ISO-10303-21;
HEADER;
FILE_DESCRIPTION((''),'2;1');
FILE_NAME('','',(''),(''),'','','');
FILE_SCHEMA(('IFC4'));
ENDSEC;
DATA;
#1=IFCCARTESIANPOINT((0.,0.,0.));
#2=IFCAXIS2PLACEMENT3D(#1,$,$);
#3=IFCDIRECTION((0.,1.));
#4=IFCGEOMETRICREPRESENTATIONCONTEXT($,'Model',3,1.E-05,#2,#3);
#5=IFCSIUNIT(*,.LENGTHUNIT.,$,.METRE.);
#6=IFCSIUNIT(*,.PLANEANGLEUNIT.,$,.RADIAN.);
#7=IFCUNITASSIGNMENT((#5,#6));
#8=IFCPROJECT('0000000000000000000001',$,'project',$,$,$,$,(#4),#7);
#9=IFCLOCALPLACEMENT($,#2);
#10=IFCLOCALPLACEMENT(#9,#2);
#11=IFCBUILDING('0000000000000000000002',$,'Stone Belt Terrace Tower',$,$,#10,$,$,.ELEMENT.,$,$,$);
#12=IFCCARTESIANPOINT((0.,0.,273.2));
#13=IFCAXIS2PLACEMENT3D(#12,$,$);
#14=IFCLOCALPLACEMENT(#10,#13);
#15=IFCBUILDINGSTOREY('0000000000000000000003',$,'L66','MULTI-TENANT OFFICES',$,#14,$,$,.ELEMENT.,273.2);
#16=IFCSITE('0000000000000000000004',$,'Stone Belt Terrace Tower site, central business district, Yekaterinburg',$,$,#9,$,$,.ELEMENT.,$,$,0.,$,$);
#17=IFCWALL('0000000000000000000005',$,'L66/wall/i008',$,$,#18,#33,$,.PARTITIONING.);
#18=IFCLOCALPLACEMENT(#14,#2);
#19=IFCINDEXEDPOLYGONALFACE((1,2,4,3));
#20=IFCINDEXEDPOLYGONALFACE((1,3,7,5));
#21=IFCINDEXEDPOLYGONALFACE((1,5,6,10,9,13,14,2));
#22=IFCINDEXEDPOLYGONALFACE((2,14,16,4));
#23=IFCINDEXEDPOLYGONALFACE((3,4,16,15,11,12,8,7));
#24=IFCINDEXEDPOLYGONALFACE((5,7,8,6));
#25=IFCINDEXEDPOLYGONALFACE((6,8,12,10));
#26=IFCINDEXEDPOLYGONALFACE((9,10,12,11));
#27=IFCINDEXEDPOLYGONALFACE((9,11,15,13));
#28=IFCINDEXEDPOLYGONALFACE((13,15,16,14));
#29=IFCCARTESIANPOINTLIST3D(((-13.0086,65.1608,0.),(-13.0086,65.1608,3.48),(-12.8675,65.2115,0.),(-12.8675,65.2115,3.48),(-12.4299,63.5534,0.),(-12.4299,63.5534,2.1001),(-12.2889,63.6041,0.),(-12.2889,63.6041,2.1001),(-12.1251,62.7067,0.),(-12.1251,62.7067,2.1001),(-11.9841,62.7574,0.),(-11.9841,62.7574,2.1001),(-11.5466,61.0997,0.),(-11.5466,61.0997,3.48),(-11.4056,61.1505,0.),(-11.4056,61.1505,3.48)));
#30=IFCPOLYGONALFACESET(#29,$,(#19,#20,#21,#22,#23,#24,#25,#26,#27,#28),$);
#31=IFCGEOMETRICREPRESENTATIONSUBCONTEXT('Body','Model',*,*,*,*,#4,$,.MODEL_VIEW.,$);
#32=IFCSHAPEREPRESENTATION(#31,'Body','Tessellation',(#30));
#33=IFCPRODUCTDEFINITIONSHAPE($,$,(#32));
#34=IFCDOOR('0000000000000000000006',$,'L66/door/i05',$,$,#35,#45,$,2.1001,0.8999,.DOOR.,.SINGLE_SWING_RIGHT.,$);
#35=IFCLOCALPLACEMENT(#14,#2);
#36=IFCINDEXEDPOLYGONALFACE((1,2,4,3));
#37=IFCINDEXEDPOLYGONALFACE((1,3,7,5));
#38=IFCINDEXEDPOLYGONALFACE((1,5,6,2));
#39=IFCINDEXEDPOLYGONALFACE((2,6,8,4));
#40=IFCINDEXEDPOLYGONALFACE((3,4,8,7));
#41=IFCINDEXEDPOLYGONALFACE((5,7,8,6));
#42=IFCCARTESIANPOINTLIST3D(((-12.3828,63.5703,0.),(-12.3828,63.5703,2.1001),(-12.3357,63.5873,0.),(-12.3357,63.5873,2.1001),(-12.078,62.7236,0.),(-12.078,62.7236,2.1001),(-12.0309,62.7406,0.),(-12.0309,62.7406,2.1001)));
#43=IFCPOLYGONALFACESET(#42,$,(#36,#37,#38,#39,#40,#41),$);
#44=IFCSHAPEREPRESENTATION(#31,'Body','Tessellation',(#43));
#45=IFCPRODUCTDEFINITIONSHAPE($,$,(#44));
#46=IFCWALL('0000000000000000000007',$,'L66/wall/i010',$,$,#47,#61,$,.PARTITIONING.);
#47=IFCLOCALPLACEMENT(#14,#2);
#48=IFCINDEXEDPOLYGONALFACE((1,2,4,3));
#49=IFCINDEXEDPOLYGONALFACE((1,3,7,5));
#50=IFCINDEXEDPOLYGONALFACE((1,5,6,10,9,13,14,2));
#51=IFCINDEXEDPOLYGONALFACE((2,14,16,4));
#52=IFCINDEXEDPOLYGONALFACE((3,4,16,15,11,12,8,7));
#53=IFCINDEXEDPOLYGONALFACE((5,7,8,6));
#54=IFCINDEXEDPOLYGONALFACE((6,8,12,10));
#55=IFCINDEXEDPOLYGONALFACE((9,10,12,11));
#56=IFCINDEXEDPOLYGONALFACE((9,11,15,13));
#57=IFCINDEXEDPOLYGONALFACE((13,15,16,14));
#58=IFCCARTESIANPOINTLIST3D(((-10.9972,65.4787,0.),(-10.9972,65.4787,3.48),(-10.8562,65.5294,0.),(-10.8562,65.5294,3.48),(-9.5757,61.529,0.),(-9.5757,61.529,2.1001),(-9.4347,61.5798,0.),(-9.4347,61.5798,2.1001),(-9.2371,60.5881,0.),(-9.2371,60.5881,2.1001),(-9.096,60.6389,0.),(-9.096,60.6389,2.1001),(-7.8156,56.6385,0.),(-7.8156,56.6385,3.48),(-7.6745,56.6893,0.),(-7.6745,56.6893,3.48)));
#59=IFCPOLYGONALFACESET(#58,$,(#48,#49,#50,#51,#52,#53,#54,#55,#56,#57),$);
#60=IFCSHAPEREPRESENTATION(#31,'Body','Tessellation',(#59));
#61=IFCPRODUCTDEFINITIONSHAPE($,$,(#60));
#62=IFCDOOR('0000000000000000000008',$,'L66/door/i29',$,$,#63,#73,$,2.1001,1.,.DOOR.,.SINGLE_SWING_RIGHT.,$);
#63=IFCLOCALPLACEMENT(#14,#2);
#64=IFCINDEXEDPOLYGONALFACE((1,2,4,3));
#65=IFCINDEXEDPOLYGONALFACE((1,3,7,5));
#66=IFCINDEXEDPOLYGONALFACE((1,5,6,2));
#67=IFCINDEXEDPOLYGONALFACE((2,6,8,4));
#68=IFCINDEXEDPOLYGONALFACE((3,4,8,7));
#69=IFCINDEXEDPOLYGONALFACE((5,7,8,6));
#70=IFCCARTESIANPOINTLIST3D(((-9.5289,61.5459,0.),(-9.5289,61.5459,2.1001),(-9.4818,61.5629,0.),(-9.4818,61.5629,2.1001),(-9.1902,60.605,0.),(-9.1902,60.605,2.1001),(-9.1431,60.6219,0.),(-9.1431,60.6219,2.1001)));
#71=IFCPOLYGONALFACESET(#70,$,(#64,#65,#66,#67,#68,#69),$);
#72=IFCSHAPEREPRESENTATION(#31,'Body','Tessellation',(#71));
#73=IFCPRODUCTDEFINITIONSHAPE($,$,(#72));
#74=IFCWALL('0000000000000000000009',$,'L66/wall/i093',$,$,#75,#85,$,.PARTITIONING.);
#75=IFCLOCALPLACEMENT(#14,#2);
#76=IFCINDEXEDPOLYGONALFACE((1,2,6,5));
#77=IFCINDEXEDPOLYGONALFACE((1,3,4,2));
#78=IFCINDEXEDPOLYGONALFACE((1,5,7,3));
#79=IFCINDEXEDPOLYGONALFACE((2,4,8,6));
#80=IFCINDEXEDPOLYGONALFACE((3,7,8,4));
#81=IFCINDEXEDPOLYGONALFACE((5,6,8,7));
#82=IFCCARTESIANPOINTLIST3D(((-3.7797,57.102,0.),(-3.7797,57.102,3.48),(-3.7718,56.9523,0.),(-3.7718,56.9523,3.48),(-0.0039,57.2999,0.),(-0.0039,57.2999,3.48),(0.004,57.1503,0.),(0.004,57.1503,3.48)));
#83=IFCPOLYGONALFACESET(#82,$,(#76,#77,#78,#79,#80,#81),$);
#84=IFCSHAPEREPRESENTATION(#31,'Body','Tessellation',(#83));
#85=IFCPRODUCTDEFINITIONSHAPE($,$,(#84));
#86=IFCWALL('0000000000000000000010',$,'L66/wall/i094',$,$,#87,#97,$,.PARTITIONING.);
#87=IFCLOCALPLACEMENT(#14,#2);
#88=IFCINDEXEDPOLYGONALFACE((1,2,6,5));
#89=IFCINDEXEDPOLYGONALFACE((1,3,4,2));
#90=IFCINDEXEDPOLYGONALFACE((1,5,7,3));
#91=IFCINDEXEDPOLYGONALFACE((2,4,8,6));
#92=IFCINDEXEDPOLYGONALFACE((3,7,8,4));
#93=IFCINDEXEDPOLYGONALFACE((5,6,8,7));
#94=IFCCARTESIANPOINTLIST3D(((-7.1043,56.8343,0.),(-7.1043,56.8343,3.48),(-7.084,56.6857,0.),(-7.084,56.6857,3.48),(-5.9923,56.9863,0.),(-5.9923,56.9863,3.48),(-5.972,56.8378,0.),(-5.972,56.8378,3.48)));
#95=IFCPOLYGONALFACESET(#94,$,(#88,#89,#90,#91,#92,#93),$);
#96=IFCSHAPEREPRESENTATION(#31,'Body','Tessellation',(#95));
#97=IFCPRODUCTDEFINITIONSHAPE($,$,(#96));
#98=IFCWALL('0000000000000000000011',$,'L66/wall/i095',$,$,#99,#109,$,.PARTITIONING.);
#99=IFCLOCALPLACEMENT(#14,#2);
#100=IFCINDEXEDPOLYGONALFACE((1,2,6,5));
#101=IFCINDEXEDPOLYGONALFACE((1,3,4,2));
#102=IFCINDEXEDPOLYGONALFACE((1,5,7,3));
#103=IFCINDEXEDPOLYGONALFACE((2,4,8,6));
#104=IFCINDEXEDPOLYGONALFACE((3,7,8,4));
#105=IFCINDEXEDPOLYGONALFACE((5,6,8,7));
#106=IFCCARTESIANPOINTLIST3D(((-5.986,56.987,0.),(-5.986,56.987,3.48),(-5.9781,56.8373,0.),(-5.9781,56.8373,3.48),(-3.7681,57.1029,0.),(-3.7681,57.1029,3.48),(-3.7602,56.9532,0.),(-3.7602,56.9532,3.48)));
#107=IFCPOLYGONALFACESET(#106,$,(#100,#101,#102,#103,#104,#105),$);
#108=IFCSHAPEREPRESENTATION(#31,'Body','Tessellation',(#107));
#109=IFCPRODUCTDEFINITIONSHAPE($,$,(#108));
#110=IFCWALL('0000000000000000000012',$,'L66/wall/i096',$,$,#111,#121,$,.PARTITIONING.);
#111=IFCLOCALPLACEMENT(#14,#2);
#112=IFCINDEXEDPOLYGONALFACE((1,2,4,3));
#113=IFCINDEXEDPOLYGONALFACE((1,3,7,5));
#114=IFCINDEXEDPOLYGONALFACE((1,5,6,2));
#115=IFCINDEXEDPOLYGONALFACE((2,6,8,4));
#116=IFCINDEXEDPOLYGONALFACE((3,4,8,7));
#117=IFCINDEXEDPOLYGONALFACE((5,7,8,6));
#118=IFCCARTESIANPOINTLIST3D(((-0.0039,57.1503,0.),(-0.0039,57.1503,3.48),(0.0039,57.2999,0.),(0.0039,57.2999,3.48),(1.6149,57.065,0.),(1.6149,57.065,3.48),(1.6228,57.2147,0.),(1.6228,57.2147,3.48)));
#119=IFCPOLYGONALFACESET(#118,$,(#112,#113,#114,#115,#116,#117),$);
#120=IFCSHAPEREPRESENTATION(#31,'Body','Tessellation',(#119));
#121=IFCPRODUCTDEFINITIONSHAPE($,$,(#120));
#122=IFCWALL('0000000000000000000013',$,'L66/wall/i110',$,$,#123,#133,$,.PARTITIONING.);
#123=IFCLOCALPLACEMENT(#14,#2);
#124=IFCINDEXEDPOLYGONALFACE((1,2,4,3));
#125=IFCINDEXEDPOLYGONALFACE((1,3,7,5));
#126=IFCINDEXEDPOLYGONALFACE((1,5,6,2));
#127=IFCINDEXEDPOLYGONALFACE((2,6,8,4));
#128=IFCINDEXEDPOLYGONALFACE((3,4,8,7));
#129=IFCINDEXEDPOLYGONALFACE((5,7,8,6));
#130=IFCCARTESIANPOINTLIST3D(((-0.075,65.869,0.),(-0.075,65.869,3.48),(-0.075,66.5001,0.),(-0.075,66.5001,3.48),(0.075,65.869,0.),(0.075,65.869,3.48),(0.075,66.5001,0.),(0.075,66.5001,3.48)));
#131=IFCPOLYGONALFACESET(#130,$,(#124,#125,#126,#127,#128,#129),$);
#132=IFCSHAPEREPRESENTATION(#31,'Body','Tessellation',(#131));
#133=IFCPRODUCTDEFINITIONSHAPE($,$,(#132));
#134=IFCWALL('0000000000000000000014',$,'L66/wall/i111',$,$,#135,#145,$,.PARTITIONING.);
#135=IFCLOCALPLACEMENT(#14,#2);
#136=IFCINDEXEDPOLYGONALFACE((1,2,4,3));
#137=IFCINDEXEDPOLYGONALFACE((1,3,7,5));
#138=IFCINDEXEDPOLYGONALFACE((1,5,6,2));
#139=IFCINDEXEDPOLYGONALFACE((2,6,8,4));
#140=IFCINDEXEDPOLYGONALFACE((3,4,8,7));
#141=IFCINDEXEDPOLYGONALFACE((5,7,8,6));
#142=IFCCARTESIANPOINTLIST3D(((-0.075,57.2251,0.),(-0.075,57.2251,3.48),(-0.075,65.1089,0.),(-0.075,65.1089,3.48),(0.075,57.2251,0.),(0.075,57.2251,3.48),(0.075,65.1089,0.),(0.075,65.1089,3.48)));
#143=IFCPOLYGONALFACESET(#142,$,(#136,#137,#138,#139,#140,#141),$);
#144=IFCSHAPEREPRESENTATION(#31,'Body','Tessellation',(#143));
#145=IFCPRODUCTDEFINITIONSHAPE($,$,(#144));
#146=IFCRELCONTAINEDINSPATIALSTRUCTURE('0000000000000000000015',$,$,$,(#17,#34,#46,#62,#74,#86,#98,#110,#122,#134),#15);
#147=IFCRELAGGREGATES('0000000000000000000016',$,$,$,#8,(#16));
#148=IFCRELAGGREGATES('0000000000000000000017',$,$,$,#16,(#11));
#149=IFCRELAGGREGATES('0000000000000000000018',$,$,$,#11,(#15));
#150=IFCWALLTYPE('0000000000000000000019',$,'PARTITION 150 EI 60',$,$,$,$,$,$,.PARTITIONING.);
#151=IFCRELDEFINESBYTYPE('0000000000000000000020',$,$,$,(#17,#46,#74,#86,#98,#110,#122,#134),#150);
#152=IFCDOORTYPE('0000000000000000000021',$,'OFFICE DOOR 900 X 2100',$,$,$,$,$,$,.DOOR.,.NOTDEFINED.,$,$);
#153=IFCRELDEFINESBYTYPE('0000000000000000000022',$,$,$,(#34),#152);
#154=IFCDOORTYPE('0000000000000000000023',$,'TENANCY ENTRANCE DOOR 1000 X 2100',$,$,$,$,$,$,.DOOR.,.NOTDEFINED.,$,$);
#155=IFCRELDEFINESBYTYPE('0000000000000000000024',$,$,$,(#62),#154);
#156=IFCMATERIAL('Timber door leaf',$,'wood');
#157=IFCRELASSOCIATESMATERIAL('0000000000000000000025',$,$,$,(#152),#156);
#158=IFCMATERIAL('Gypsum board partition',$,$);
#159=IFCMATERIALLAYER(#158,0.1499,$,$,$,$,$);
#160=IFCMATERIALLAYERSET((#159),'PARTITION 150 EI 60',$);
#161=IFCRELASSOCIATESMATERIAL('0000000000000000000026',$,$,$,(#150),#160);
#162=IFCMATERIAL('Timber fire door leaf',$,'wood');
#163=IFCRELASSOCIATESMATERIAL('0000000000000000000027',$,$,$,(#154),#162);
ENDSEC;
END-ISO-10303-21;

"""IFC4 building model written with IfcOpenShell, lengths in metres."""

from ifc_helpers import new_model, si_unit, direction, frame, frame_2d, origin, place, context, subcontext, project, spatial, rectangle, extrude, material, layer, layer_set, type_object, element, fill, save


model = new_model("IFC4")

# Units and contexts
model_context = context("Model", 3, precision=1e-05, world=origin(), true_north=direction((0.0, 1.0)))
body_context = subcontext(model_context, "Body", "Model", "MODEL_VIEW")
ifc_project = project(units=[si_unit("LENGTHUNIT", "METRE"), si_unit("PLANEANGLEUNIT", "RADIAN")], contexts=[model_context])

# Site, building, storey
site_placement = place(None, origin())
site = spatial("IfcSite", under=ifc_project, at=site_placement, Name="Stone Belt Terrace Tower site, central business district, Yekaterinburg", CompositionType="ELEMENT", RefElevation=0.0)
building_placement = place(site_placement, origin())
building = spatial("IfcBuilding", under=site, at=building_placement, Name="Stone Belt Terrace Tower", CompositionType="ELEMENT")
storey_placement = place(building_placement, frame((0.0, 0.0, 273.2)))
storey = spatial("IfcBuildingStorey", under=building, at=storey_placement, Name="L66", Description="MULTI-TENANT OFFICES", CompositionType="ELEMENT", Elevation=273.2)

# Shared definitions
ifc_material_1 = material(Name="Gypsum board partition")
ifc_material_2 = material(Name="Timber door leaf", Category="wood")
door_type_1 = type_object("IfcDoorType", Name="OFFICE DOOR 900 X 2100", OperationType="NOTDEFINED", PredefinedType="DOOR", material=ifc_material_2)

# Walls, openings, doors
ifc_layer_1 = layer(ifc_material_1, 0.1499)
ifc_layer_set_1 = layer_set([ifc_layer_1], Name="PARTITION 150 EI 60")
wall_type_1 = type_object("IfcWallType", Name="PARTITION 150 EI 60", PredefinedType="PARTITIONING", material=ifc_layer_set_1)
wall_1_placement = place(storey_placement, frame((-11.4761, 61.125, 0.0), z_axis=(0.0, 0.0, 1.0), x_axis=(-0.338707, 0.940892, 0.0)))
wall_1 = element("IfcWall", 1, at=wall_1_placement, inside=storey, type_object=wall_type_1, Name="L66/wall/i008", PredefinedType="PARTITIONING", context=body_context, shape_type="SweptSolid", body=[
    extrude(rectangle(XDim=4.3162, YDim=0.1499, at=frame_2d((2.1582, 0.0))), origin(), (0.0, 0.0, 1.0), 3.48),
])
opening_1_placement = place(wall_1_placement, frame((1.708, 0.0, 0.0)))
opening_1 = element("IfcOpeningElement", 2, at=opening_1_placement, cuts=wall_1, PredefinedType="OPENING", context=body_context, shape_type="SweptSolid", body=[
    extrude(rectangle(XDim=0.8999, YDim=2.1001, at=frame_2d((0.45, 1.05))), frame((0.0, 0.085, 0.0), z_axis=(0.0, -1.0, 0.0), x_axis=(1.0, 0.0, 0.0)), (0.0, 0.0, 1.0), 0.1699),
])
door_1_placement = place(opening_1_placement, origin())
door_1 = element("IfcDoor", 3, at=door_1_placement, inside=storey, type_object=door_type_1, Name="L66/door/i05", OperationType="SINGLE_SWING_RIGHT", OverallHeight=2.1001, OverallWidth=0.8999, PredefinedType="DOOR", context=body_context, shape_type="SweptSolid", body=[
    extrude(rectangle(XDim=0.8999, YDim=2.1001, at=frame_2d((0.45, 1.05))), frame((0.0, 0.0249, 0.0), z_axis=(0.0, -1.0, 0.0), x_axis=(1.0, 0.0, 0.0)), (0.0, 0.0, 1.0), 0.05),
])
fill(opening_1, door_1)
wall_2_placement = place(storey_placement, frame((-10.9268, 65.5042, 0.0), z_axis=(0.0, 0.0, 1.0), x_axis=(0.338645, -0.940914, 0.0)))
wall_2 = element("IfcWall", 4, at=wall_2_placement, inside=storey, type_object=wall_type_1, Name="L66/wall/i010", PredefinedType="PARTITIONING", context=body_context, shape_type="SweptSolid", body=[
    extrude(rectangle(XDim=9.3953, YDim=0.1499, at=frame_2d((4.6978, 0.0))), origin(), (0.0, 0.0, 1.0), 3.48),
])
opening_2_placement = place(wall_2_placement, frame((4.1978, 0.0, 0.0)))
opening_2 = element("IfcOpeningElement", 5, at=opening_2_placement, cuts=wall_2, PredefinedType="OPENING", context=body_context, shape_type="SweptSolid", body=[
    extrude(rectangle(XDim=1.0, YDim=2.1001, at=frame_2d((0.5, 1.05))), frame((0.0, 0.085, 0.0), z_axis=(0.0, -1.0, 0.0), x_axis=(1.0, 0.0, 0.0)), (0.0, 0.0, 1.0), 0.1699),
])
ifc_material_3 = material(Name="Timber fire door leaf", Category="wood")
door_type_2 = type_object("IfcDoorType", Name="TENANCY ENTRANCE DOOR 1000 X 2100", OperationType="NOTDEFINED", PredefinedType="DOOR", material=ifc_material_3)
door_2_placement = place(opening_2_placement, origin())
door_2 = element("IfcDoor", 6, at=door_2_placement, inside=storey, type_object=door_type_2, Name="L66/door/i29", OperationType="SINGLE_SWING_RIGHT", OverallHeight=2.1001, OverallWidth=1.0, PredefinedType="DOOR", context=body_context, shape_type="SweptSolid", body=[
    extrude(rectangle(XDim=1.0, YDim=2.1001, at=frame_2d((0.5, 1.05))), frame((0.0, 0.0249, 0.0), z_axis=(0.0, -1.0, 0.0), x_axis=(1.0, 0.0, 0.0)), (0.0, 0.0, 1.0), 0.05),
])
fill(opening_2, door_2)

# Walls
wall_3_placement = place(storey_placement, frame((-3.7759, 57.0271, 0.0), z_axis=(0.0, 0.0, 1.0), x_axis=(0.998628, 0.052366, 0.0)))
element("IfcWall", 7, at=wall_3_placement, inside=storey, type_object=wall_type_1, Name="L66/wall/i093", PredefinedType="PARTITIONING", context=body_context, shape_type="SweptSolid", body=[
    extrude(rectangle(XDim=3.781, YDim=0.1499, at=frame_2d((1.8906, 0.0))), origin(), (0.0, 0.0, 1.0), 3.48),
])
wall_4_placement = place(storey_placement, frame((-7.094, 56.76, 0.0), z_axis=(0.0, 0.0, 1.0), x_axis=(0.990776, 0.135511, 0.0)))
element("IfcWall", 8, at=wall_4_placement, inside=storey, type_object=wall_type_1, Name="L66/wall/i094", PredefinedType="PARTITIONING", context=body_context, shape_type="SweptSolid", body=[
    extrude(rectangle(XDim=1.1223, YDim=0.1499, at=frame_2d((0.561, 0.0))), origin(), (0.0, 0.0, 1.0), 3.48),
])
wall_5_placement = place(storey_placement, frame((-5.9819, 56.9121, 0.0), z_axis=(0.0, 0.0, 1.0), x_axis=(0.998636, 0.052213, 0.0)))
element("IfcWall", 9, at=wall_5_placement, inside=storey, type_object=wall_type_1, Name="L66/wall/i095", PredefinedType="PARTITIONING", context=body_context, shape_type="SweptSolid", body=[
    extrude(rectangle(XDim=2.2209, YDim=0.1499, at=frame_2d((1.1104, 0.0))), origin(), (0.0, 0.0, 1.0), 3.48),
])
wall_6_placement = place(storey_placement, frame((0.0, 57.2251, 0.0), z_axis=(0.0, 0.0, 1.0), x_axis=(0.998618, -0.052559, 0.0)))
element("IfcWall", 10, at=wall_6_placement, inside=storey, type_object=wall_type_1, Name="L66/wall/i096", PredefinedType="PARTITIONING", context=body_context, shape_type="SweptSolid", body=[
    extrude(rectangle(XDim=1.6211, YDim=0.1499, at=frame_2d((0.8105, 0.0))), origin(), (0.0, 0.0, 1.0), 3.48),
])
wall_7_placement = place(storey_placement, frame((0.0, 66.5, 0.0), z_axis=(0.0, 0.0, 1.0), x_axis=(0.0, -1.0, 0.0)))
element("IfcWall", 11, at=wall_7_placement, inside=storey, type_object=wall_type_1, Name="L66/wall/i110", PredefinedType="PARTITIONING", context=body_context, shape_type="SweptSolid", body=[
    extrude(rectangle(XDim=0.6311, YDim=0.1499, at=frame_2d((0.3154, 0.0))), origin(), (0.0, 0.0, 1.0), 3.48),
])
wall_8_placement = place(storey_placement, frame((0.0, 65.1089, 0.0), z_axis=(0.0, 0.0, 1.0), x_axis=(0.0, -1.0, 0.0)))
element("IfcWall", 12, at=wall_8_placement, inside=storey, type_object=wall_type_1, Name="L66/wall/i111", PredefinedType="PARTITIONING", context=body_context, shape_type="SweptSolid", body=[
    extrude(rectangle(XDim=7.8838, YDim=0.1499, at=frame_2d((3.9419, 0.0))), origin(), (0.0, 0.0, 1.0), 3.48),
])

save(model, "model.ifc")
